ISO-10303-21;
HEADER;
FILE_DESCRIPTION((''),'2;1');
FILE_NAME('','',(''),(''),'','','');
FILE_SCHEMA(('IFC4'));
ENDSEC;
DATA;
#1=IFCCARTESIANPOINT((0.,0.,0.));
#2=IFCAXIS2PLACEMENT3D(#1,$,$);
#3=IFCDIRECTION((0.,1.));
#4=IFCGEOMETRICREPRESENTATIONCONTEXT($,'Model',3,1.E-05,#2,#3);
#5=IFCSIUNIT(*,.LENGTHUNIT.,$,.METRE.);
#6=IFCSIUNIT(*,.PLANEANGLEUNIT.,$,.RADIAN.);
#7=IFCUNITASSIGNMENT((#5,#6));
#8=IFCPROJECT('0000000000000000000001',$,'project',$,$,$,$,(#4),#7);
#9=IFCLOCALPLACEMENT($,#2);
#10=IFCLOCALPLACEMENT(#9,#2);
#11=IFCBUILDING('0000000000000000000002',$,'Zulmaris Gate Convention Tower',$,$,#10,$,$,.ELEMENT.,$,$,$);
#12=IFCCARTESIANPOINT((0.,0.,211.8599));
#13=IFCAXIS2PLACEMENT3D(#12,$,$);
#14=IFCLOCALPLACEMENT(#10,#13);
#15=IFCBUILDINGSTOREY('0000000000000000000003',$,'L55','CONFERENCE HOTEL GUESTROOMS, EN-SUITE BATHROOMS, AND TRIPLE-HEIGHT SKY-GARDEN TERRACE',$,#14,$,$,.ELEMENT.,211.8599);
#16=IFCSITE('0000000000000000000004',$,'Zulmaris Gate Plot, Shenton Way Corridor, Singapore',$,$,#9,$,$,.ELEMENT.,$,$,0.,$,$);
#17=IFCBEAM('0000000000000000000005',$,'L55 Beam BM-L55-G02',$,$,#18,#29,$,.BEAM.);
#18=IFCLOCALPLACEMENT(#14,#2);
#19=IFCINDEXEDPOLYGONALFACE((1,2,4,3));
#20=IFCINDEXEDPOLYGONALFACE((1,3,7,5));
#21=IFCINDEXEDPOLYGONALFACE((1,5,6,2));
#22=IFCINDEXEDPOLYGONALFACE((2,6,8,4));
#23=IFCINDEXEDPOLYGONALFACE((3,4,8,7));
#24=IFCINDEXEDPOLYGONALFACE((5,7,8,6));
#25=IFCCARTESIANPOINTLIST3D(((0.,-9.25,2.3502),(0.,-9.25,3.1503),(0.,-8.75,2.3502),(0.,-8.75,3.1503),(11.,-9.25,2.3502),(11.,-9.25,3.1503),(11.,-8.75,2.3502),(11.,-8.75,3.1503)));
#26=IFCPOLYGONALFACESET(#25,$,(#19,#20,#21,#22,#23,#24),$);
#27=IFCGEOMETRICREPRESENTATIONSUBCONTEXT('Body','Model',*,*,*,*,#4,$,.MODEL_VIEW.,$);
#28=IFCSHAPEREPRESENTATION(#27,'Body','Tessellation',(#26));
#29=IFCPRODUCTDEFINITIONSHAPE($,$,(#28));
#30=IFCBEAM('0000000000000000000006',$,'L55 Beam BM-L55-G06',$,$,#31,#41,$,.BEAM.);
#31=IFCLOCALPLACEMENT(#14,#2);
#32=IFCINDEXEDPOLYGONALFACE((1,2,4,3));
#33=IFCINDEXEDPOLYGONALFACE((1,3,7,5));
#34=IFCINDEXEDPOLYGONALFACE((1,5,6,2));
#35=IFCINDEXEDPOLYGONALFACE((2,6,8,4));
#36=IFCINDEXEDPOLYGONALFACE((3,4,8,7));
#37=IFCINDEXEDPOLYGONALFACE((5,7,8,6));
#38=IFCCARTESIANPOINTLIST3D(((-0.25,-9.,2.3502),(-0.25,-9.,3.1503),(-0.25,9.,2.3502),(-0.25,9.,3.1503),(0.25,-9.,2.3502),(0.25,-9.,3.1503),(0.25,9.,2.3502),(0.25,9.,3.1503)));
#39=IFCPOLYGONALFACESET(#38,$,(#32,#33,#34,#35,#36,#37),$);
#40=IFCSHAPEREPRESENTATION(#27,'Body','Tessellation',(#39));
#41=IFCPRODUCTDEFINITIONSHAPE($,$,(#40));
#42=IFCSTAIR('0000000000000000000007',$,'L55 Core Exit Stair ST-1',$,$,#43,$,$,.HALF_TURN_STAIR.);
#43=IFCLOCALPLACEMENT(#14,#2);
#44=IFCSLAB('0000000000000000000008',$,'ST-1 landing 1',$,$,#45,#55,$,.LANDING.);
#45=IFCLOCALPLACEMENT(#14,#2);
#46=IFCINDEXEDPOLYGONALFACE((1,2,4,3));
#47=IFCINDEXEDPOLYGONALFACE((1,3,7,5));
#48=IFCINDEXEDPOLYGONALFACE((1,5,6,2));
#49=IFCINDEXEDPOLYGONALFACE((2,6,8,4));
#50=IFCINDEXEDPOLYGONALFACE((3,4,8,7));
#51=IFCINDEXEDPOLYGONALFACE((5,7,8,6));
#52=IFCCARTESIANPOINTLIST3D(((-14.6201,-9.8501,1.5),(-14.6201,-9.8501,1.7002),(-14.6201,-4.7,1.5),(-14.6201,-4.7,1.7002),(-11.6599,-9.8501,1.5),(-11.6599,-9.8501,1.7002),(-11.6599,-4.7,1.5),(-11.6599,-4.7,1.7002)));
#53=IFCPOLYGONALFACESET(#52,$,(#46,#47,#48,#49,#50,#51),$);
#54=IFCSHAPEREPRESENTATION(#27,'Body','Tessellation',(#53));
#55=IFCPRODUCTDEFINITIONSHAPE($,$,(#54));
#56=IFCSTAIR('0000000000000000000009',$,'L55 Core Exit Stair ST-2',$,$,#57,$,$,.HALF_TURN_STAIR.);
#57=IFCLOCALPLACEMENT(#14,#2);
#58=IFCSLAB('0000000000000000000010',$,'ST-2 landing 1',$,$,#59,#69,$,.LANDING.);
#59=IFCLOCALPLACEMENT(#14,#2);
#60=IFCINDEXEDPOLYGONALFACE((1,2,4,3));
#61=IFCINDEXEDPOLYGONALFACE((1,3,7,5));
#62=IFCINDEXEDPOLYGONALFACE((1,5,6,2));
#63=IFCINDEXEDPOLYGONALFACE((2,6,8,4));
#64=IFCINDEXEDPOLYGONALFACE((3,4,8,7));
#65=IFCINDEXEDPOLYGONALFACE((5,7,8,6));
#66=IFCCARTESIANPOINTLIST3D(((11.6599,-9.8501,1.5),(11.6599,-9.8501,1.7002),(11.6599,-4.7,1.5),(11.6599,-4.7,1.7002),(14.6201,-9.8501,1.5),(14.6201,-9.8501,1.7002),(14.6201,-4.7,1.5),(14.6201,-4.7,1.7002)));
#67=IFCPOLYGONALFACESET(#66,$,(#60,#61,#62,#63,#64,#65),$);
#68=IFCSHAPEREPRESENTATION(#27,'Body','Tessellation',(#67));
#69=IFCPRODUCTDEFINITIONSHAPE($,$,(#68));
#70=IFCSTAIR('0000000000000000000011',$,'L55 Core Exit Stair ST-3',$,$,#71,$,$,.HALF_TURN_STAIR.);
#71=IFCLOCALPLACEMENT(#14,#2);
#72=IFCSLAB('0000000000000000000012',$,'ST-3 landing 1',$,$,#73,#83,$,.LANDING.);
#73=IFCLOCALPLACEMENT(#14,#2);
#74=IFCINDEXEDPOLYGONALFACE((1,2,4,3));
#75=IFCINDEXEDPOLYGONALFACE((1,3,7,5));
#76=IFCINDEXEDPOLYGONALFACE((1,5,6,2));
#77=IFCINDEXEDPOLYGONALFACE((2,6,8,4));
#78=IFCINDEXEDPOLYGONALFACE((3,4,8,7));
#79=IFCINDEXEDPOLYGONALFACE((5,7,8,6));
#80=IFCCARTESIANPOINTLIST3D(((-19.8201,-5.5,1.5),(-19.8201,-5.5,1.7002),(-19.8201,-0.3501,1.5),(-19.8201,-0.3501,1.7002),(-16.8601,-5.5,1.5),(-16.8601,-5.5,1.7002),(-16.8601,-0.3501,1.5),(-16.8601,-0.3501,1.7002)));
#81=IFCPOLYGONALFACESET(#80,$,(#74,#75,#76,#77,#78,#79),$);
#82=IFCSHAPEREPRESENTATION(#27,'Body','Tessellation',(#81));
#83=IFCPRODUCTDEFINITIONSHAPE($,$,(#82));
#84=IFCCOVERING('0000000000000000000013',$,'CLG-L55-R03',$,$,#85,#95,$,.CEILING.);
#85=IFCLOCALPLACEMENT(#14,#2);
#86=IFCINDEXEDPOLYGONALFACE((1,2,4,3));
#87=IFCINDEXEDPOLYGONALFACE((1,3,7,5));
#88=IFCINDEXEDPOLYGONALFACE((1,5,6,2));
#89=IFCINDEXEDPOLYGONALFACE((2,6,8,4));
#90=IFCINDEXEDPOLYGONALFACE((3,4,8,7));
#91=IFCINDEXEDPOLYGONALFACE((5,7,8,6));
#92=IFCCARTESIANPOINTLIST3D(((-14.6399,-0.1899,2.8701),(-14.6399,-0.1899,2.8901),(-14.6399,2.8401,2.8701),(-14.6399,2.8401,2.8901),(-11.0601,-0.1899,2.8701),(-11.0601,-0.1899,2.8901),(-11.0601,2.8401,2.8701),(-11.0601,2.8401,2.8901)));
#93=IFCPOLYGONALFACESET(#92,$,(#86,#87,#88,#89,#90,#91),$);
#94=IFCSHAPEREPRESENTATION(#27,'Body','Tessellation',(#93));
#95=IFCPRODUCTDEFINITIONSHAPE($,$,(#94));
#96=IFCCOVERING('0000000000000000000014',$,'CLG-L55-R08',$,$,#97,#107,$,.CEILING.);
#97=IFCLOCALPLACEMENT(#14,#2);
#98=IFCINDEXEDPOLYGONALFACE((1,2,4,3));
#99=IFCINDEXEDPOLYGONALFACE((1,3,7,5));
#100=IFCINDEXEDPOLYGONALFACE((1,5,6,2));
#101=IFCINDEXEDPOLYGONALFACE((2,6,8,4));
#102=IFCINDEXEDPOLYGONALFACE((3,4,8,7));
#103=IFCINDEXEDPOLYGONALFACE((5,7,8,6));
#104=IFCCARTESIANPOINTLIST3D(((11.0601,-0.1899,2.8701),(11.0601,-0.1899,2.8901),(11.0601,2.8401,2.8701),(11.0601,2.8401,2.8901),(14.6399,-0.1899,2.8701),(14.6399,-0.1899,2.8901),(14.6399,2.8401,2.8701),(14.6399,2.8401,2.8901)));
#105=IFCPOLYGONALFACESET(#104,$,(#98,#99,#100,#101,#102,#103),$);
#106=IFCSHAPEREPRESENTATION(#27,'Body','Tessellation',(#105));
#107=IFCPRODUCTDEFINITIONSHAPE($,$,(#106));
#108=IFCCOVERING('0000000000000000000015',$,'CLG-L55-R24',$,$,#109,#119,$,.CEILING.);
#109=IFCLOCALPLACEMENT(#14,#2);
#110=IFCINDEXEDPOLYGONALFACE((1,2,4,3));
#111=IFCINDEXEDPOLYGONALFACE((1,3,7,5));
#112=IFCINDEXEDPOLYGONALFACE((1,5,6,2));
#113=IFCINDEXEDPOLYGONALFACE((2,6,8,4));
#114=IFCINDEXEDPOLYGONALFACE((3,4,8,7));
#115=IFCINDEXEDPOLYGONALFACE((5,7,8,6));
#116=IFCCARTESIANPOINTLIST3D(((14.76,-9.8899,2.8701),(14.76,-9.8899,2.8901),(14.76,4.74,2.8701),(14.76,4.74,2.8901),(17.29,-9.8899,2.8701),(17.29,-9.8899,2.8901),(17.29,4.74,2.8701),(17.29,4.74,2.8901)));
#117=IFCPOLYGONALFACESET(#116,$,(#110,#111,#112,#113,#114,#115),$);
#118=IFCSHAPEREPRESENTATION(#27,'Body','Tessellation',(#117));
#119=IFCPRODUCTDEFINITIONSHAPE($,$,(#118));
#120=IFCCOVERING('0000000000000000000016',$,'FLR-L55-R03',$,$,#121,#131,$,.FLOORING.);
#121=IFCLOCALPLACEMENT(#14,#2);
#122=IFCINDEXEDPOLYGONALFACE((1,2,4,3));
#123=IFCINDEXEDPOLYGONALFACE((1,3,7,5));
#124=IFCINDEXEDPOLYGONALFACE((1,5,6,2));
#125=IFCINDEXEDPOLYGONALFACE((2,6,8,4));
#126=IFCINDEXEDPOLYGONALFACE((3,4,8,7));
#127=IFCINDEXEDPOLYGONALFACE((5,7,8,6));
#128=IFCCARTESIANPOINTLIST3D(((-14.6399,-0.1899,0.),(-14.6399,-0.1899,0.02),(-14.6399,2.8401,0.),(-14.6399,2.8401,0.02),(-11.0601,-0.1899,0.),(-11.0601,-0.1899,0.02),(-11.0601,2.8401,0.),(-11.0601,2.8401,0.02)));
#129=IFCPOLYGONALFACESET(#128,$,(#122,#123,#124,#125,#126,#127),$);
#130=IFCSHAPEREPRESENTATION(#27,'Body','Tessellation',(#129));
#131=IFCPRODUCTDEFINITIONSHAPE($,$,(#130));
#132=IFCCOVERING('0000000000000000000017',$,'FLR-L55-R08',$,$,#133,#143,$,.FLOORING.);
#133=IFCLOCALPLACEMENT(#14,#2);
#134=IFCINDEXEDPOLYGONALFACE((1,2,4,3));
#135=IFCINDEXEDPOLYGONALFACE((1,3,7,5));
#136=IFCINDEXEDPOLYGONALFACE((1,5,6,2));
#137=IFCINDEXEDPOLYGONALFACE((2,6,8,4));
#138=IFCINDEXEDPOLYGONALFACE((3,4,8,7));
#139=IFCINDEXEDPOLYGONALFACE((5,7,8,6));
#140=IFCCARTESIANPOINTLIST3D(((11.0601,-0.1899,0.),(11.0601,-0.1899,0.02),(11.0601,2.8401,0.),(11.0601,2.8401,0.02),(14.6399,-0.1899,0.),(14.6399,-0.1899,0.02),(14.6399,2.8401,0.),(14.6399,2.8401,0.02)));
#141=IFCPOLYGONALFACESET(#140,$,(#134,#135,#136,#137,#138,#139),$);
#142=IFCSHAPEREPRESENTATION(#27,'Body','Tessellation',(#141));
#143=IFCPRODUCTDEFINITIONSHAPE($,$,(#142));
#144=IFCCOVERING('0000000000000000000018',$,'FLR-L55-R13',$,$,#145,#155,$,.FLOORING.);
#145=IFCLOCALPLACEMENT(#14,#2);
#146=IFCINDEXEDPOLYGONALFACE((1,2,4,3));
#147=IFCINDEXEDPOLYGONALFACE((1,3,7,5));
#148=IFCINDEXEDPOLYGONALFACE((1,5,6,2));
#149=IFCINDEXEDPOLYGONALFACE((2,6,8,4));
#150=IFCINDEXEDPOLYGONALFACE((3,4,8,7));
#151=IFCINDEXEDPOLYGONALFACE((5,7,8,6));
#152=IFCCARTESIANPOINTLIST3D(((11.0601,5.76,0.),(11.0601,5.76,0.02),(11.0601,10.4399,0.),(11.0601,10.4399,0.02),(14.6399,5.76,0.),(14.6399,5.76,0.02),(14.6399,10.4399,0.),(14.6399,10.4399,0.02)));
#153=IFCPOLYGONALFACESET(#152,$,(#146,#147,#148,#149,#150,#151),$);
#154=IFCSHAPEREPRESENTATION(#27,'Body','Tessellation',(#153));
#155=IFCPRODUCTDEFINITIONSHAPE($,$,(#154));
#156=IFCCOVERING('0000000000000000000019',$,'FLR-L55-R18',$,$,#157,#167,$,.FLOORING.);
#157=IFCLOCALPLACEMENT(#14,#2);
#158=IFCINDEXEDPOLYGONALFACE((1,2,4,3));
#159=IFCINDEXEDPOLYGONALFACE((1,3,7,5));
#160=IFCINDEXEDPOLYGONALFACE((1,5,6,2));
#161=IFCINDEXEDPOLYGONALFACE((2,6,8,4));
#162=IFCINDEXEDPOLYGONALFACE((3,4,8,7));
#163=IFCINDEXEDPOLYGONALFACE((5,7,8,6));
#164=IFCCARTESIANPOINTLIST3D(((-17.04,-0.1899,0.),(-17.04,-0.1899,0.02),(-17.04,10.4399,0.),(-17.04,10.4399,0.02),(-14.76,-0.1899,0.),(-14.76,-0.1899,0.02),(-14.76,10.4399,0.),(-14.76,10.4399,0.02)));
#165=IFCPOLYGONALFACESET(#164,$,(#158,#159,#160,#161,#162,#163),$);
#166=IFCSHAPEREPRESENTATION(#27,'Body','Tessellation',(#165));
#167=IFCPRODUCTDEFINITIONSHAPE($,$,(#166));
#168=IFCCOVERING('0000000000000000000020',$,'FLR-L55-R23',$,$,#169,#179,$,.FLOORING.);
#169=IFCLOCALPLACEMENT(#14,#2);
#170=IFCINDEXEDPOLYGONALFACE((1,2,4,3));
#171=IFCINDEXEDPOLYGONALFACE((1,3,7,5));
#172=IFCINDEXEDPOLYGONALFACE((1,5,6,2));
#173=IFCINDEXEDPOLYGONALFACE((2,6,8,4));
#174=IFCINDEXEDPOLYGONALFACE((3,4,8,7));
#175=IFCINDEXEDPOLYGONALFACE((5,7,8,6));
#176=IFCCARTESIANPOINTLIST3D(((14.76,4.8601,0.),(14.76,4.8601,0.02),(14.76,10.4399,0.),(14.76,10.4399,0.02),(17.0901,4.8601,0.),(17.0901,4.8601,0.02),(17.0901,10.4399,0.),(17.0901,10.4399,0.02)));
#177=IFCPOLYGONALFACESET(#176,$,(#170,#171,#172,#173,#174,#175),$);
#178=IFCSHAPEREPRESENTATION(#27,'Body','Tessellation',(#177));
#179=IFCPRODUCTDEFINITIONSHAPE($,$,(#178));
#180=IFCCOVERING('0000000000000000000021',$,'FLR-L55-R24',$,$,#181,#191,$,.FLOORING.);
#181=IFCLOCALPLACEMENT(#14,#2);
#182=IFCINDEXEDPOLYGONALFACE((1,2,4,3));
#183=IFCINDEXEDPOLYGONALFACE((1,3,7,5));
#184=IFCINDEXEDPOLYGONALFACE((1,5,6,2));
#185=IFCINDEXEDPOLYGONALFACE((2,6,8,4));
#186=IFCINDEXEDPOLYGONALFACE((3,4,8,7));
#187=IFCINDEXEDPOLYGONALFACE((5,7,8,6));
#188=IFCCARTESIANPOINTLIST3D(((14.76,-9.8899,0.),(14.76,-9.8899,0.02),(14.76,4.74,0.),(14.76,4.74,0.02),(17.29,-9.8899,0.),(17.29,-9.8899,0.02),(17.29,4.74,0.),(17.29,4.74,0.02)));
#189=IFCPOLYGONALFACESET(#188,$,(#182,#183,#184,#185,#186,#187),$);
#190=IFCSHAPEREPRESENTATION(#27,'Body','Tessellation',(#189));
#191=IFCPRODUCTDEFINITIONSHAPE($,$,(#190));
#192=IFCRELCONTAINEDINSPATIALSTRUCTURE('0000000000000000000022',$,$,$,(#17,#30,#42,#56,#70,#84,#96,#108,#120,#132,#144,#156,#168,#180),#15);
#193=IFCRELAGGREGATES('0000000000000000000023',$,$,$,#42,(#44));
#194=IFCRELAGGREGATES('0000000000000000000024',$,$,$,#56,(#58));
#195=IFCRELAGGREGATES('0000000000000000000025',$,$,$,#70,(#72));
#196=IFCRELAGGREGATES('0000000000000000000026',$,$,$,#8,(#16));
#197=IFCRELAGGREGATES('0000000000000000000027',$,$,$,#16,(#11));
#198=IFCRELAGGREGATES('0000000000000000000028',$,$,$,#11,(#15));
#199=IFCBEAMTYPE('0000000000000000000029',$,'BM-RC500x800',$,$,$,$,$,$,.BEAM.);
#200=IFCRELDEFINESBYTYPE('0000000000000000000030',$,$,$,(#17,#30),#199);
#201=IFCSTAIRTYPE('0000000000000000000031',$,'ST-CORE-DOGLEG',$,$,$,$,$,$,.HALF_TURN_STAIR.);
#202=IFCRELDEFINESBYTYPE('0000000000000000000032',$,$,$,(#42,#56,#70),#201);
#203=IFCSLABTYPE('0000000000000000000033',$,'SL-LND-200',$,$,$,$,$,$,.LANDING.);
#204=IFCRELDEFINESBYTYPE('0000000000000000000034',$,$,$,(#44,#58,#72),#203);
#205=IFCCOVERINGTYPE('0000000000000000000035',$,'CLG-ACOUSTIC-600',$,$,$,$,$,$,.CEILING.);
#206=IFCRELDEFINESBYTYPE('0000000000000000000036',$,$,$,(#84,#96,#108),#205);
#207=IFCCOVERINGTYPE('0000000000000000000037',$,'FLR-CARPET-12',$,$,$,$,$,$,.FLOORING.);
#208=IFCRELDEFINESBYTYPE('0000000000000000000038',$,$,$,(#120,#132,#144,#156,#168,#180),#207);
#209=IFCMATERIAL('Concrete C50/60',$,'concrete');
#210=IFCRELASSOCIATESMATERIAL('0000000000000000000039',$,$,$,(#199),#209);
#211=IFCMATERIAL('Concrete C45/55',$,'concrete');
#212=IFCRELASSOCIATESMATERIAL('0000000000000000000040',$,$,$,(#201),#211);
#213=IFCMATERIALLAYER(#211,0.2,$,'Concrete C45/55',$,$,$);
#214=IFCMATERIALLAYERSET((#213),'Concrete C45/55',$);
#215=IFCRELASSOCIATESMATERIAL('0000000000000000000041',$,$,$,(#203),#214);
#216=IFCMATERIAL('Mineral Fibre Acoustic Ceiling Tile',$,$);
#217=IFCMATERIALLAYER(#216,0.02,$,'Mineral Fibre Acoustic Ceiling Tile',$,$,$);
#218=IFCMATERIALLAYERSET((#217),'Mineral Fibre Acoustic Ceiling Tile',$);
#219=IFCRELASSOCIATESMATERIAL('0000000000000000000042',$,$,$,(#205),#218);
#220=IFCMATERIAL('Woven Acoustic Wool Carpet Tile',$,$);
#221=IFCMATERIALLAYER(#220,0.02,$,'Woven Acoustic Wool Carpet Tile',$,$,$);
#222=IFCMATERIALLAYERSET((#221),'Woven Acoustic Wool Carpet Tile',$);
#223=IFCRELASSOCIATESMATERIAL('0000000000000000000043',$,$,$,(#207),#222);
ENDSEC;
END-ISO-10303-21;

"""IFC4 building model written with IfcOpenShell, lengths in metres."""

from ifc_helpers import new_model, si_unit, direction, frame, origin, origin_2d, place, context, subcontext, project, spatial, polyline, rectangle, outline, extrude, material, layer, layer_set, material_profile, profile_set, type_object, element, aggregate, save


model = new_model("IFC4")

# Units and contexts
model_context = context("Model", 3, precision=1e-05, world=origin(), true_north=direction((0.0, 1.0)))
body_context = subcontext(model_context, "Body", "Model", "MODEL_VIEW")
ifc_project = project(units=[si_unit("LENGTHUNIT", "METRE"), si_unit("PLANEANGLEUNIT", "RADIAN")], contexts=[model_context])

# Site, building, storey
site_placement = place(None, origin())
site = spatial("IfcSite", under=ifc_project, at=site_placement, Name="Zulmaris Gate Plot, Shenton Way Corridor, Singapore", CompositionType="ELEMENT", RefElevation=0.0)
building_placement = place(site_placement, origin())
building = spatial("IfcBuilding", under=site, at=building_placement, Name="Zulmaris Gate Convention Tower", CompositionType="ELEMENT")
storey_placement = place(building_placement, frame((0.0, 0.0, 211.8599)))
storey = spatial("IfcBuildingStorey", under=building, at=storey_placement, Name="L55", Description="CONFERENCE HOTEL GUESTROOMS, EN-SUITE BATHROOMS, AND TRIPLE-HEIGHT SKY-GARDEN TERRACE", CompositionType="ELEMENT", Elevation=211.8599)

# Beams
ifc_material_1 = material(Name="Concrete C50/60", Category="concrete")
ifc_material_profile = material_profile(ifc_material_1, rectangle(XDim=0.5, YDim=0.8, at=origin_2d()), Name="RC BEAM 500x800")
ifc_profile_set = profile_set([ifc_material_profile], Name="Concrete C50/60")
beam_type = type_object("IfcBeamType", Name="BM-RC500x800", PredefinedType="BEAM", material=ifc_profile_set)
beam_1_placement = place(storey_placement, frame((0.0, -9.0, 2.7502), z_axis=(1.0, 0.0, 0.0), x_axis=(0.0, 1.0, 0.0)))
element("IfcBeam", 1, at=beam_1_placement, inside=storey, type_object=beam_type, Name="L55 Beam BM-L55-G02", PredefinedType="BEAM", context=body_context, shape_type="SweptSolid", body=[
    extrude(rectangle(XDim=0.5, YDim=0.8, at=origin_2d()), origin(), (0.0, 0.0, 1.0), 11.0),
])
beam_2_placement = place(storey_placement, frame((0.0, -9.0, 2.7502), z_axis=(0.0, 1.0, 0.0), x_axis=(-1.0, 0.0, 0.0)))
element("IfcBeam", 2, at=beam_2_placement, inside=storey, type_object=beam_type, Name="L55 Beam BM-L55-G06", PredefinedType="BEAM", context=body_context, shape_type="SweptSolid", body=[
    extrude(rectangle(XDim=0.5, YDim=0.8, at=origin_2d()), origin(), (0.0, 0.0, 1.0), 18.0),
])

# Stairs, slabs
ifc_material_2 = material(Name="Concrete C45/55", Category="concrete")
stair_type = type_object("IfcStairType", Name="ST-CORE-DOGLEG", PredefinedType="HALF_TURN_STAIR", material=ifc_material_2)
stair_1_placement = place(storey_placement, origin())
stair_1 = element("IfcStair", 3, at=stair_1_placement, inside=storey, type_object=stair_type, Name="L55 Core Exit Stair ST-1", PredefinedType="HALF_TURN_STAIR")
ifc_layer_1 = layer(ifc_material_2, 0.2, Name="Concrete C45/55")
ifc_layer_set_1 = layer_set([ifc_layer_1], Name="Concrete C45/55")
slab_type = type_object("IfcSlabType", Name="SL-LND-200", PredefinedType="LANDING", material=ifc_layer_set_1)
slab_1_placement = place(storey_placement, frame((0.0, 0.0, 1.5)))
slab_1 = element("IfcSlab", 4, at=slab_1_placement, type_object=slab_type, Name="ST-1 landing 1", PredefinedType="LANDING", context=body_context, shape_type="SweptSolid", body=[
    extrude(outline(polyline([(-14.6201, -4.7), (-14.6201, -9.8501), (-11.6599, -9.8501), (-11.6599, -4.7), (-14.6201, -4.7)])), origin(), (0.0, 0.0, 1.0), 0.2002),
])
aggregate(stair_1, [slab_1])
stair_2_placement = place(storey_placement, origin())
stair_2 = element("IfcStair", 5, at=stair_2_placement, inside=storey, type_object=stair_type, Name="L55 Core Exit Stair ST-2", PredefinedType="HALF_TURN_STAIR")
slab_2_placement = place(storey_placement, frame((0.0, 0.0, 1.5)))
slab_2 = element("IfcSlab", 6, at=slab_2_placement, type_object=slab_type, Name="ST-2 landing 1", PredefinedType="LANDING", context=body_context, shape_type="SweptSolid", body=[
    extrude(outline(polyline([(11.6599, -4.7), (11.6599, -9.8501), (14.6201, -9.8501), (14.6201, -4.7), (11.6599, -4.7)])), origin(), (0.0, 0.0, 1.0), 0.2002),
])
aggregate(stair_2, [slab_2])
stair_3_placement = place(storey_placement, origin())
stair_3 = element("IfcStair", 7, at=stair_3_placement, inside=storey, type_object=stair_type, Name="L55 Core Exit Stair ST-3", PredefinedType="HALF_TURN_STAIR")
slab_3_placement = place(storey_placement, frame((0.0, 0.0, 1.5)))
slab_3 = element("IfcSlab", 8, at=slab_3_placement, type_object=slab_type, Name="ST-3 landing 1", PredefinedType="LANDING", context=body_context, shape_type="SweptSolid", body=[
    extrude(outline(polyline([(-16.8601, -5.5), (-16.8601, -0.3501), (-19.8201, -0.3501), (-19.8201, -5.5), (-16.8601, -5.5)])), origin(), (0.0, 0.0, 1.0), 0.2002),
])
aggregate(stair_3, [slab_3])

# Coverings
ifc_material_3 = material(Name="Mineral Fibre Acoustic Ceiling Tile")
ifc_layer_2 = layer(ifc_material_3, 0.02, Name="Mineral Fibre Acoustic Ceiling Tile")
ifc_layer_set_2 = layer_set([ifc_layer_2], Name="Mineral Fibre Acoustic Ceiling Tile")
covering_type_1 = type_object("IfcCoveringType", Name="CLG-ACOUSTIC-600", PredefinedType="CEILING", material=ifc_layer_set_2)
covering_1_placement = place(storey_placement, frame((0.0, 0.0, 2.8701)))
element("IfcCovering", 9, at=covering_1_placement, inside=storey, type_object=covering_type_1, Name="CLG-L55-R03", PredefinedType="CEILING", context=body_context, shape_type="SweptSolid", body=[
    extrude(outline(polyline([(-14.6399, -0.1899), (-11.0601, -0.1899), (-11.0601, 2.8401), (-14.6399, 2.8401), (-14.6399, -0.1899)])), origin(), (0.0, 0.0, 1.0), 0.02),
])
covering_2_placement = place(storey_placement, frame((0.0, 0.0, 2.8701)))
element("IfcCovering", 10, at=covering_2_placement, inside=storey, type_object=covering_type_1, Name="CLG-L55-R08", PredefinedType="CEILING", context=body_context, shape_type="SweptSolid", body=[
    extrude(outline(polyline([(11.0601, -0.1899), (14.6399, -0.1899), (14.6399, 2.8401), (11.0601, 2.8401), (11.0601, -0.1899)])), origin(), (0.0, 0.0, 1.0), 0.02),
])
covering_3_placement = place(storey_placement, frame((0.0, 0.0, 2.8701)))
element("IfcCovering", 11, at=covering_3_placement, inside=storey, type_object=covering_type_1, Name="CLG-L55-R24", PredefinedType="CEILING", context=body_context, shape_type="SweptSolid", body=[
    extrude(outline(polyline([(14.76, -9.8899), (17.29, -9.8899), (17.29, 4.74), (14.76, 4.74), (14.76, -9.8899)])), origin(), (0.0, 0.0, 1.0), 0.02),
])
ifc_material_4 = material(Name="Woven Acoustic Wool Carpet Tile")
ifc_layer_3 = layer(ifc_material_4, 0.02, Name="Woven Acoustic Wool Carpet Tile")
ifc_layer_set_3 = layer_set([ifc_layer_3], Name="Woven Acoustic Wool Carpet Tile")
covering_type_2 = type_object("IfcCoveringType", Name="FLR-CARPET-12", PredefinedType="FLOORING", material=ifc_layer_set_3)
covering_4_placement = place(storey_placement, origin())
element("IfcCovering", 12, at=covering_4_placement, inside=storey, type_object=covering_type_2, Name="FLR-L55-R03", PredefinedType="FLOORING", context=body_context, shape_type="SweptSolid", body=[
    extrude(outline(polyline([(-14.6399, -0.1899), (-11.0601, -0.1899), (-11.0601, 2.8401), (-14.6399, 2.8401), (-14.6399, -0.1899)])), origin(), (0.0, 0.0, 1.0), 0.02),
])
covering_5_placement = place(storey_placement, origin())
element("IfcCovering", 13, at=covering_5_placement, inside=storey, type_object=covering_type_2, Name="FLR-L55-R08", PredefinedType="FLOORING", context=body_context, shape_type="SweptSolid", body=[
    extrude(outline(polyline([(11.0601, -0.1899), (14.6399, -0.1899), (14.6399, 2.8401), (11.0601, 2.8401), (11.0601, -0.1899)])), origin(), (0.0, 0.0, 1.0), 0.02),
])
covering_6_placement = place(storey_placement, origin())
element("IfcCovering", 14, at=covering_6_placement, inside=storey, type_object=covering_type_2, Name="FLR-L55-R13", PredefinedType="FLOORING", context=body_context, shape_type="SweptSolid", body=[
    extrude(outline(polyline([(11.0601, 5.76), (14.6399, 5.76), (14.6399, 10.4399), (11.0601, 10.4399), (11.0601, 5.76)])), origin(), (0.0, 0.0, 1.0), 0.02),
])
covering_7_placement = place(storey_placement, origin())
element("IfcCovering", 15, at=covering_7_placement, inside=storey, type_object=covering_type_2, Name="FLR-L55-R18", PredefinedType="FLOORING", context=body_context, shape_type="SweptSolid", body=[
    extrude(outline(polyline([(-17.04, -0.1899), (-14.76, -0.1899), (-14.76, 10.4399), (-17.04, 10.4399), (-17.04, -0.1899)])), origin(), (0.0, 0.0, 1.0), 0.02),
])
covering_8_placement = place(storey_placement, origin())
element("IfcCovering", 16, at=covering_8_placement, inside=storey, type_object=covering_type_2, Name="FLR-L55-R23", PredefinedType="FLOORING", context=body_context, shape_type="SweptSolid", body=[
    extrude(outline(polyline([(14.76, 4.8601), (17.0901, 4.8601), (17.0901, 10.4399), (14.76, 10.4399), (14.76, 4.8601)])), origin(), (0.0, 0.0, 1.0), 0.02),
])
covering_9_placement = place(storey_placement, origin())
element("IfcCovering", 17, at=covering_9_placement, inside=storey, type_object=covering_type_2, Name="FLR-L55-R24", PredefinedType="FLOORING", context=body_context, shape_type="SweptSolid", body=[
    extrude(outline(polyline([(14.76, -9.8899), (17.29, -9.8899), (17.29, 4.74), (14.76, 4.74), (14.76, -9.8899)])), origin(), (0.0, 0.0, 1.0), 0.02),
])

save(model, "model.ifc")
